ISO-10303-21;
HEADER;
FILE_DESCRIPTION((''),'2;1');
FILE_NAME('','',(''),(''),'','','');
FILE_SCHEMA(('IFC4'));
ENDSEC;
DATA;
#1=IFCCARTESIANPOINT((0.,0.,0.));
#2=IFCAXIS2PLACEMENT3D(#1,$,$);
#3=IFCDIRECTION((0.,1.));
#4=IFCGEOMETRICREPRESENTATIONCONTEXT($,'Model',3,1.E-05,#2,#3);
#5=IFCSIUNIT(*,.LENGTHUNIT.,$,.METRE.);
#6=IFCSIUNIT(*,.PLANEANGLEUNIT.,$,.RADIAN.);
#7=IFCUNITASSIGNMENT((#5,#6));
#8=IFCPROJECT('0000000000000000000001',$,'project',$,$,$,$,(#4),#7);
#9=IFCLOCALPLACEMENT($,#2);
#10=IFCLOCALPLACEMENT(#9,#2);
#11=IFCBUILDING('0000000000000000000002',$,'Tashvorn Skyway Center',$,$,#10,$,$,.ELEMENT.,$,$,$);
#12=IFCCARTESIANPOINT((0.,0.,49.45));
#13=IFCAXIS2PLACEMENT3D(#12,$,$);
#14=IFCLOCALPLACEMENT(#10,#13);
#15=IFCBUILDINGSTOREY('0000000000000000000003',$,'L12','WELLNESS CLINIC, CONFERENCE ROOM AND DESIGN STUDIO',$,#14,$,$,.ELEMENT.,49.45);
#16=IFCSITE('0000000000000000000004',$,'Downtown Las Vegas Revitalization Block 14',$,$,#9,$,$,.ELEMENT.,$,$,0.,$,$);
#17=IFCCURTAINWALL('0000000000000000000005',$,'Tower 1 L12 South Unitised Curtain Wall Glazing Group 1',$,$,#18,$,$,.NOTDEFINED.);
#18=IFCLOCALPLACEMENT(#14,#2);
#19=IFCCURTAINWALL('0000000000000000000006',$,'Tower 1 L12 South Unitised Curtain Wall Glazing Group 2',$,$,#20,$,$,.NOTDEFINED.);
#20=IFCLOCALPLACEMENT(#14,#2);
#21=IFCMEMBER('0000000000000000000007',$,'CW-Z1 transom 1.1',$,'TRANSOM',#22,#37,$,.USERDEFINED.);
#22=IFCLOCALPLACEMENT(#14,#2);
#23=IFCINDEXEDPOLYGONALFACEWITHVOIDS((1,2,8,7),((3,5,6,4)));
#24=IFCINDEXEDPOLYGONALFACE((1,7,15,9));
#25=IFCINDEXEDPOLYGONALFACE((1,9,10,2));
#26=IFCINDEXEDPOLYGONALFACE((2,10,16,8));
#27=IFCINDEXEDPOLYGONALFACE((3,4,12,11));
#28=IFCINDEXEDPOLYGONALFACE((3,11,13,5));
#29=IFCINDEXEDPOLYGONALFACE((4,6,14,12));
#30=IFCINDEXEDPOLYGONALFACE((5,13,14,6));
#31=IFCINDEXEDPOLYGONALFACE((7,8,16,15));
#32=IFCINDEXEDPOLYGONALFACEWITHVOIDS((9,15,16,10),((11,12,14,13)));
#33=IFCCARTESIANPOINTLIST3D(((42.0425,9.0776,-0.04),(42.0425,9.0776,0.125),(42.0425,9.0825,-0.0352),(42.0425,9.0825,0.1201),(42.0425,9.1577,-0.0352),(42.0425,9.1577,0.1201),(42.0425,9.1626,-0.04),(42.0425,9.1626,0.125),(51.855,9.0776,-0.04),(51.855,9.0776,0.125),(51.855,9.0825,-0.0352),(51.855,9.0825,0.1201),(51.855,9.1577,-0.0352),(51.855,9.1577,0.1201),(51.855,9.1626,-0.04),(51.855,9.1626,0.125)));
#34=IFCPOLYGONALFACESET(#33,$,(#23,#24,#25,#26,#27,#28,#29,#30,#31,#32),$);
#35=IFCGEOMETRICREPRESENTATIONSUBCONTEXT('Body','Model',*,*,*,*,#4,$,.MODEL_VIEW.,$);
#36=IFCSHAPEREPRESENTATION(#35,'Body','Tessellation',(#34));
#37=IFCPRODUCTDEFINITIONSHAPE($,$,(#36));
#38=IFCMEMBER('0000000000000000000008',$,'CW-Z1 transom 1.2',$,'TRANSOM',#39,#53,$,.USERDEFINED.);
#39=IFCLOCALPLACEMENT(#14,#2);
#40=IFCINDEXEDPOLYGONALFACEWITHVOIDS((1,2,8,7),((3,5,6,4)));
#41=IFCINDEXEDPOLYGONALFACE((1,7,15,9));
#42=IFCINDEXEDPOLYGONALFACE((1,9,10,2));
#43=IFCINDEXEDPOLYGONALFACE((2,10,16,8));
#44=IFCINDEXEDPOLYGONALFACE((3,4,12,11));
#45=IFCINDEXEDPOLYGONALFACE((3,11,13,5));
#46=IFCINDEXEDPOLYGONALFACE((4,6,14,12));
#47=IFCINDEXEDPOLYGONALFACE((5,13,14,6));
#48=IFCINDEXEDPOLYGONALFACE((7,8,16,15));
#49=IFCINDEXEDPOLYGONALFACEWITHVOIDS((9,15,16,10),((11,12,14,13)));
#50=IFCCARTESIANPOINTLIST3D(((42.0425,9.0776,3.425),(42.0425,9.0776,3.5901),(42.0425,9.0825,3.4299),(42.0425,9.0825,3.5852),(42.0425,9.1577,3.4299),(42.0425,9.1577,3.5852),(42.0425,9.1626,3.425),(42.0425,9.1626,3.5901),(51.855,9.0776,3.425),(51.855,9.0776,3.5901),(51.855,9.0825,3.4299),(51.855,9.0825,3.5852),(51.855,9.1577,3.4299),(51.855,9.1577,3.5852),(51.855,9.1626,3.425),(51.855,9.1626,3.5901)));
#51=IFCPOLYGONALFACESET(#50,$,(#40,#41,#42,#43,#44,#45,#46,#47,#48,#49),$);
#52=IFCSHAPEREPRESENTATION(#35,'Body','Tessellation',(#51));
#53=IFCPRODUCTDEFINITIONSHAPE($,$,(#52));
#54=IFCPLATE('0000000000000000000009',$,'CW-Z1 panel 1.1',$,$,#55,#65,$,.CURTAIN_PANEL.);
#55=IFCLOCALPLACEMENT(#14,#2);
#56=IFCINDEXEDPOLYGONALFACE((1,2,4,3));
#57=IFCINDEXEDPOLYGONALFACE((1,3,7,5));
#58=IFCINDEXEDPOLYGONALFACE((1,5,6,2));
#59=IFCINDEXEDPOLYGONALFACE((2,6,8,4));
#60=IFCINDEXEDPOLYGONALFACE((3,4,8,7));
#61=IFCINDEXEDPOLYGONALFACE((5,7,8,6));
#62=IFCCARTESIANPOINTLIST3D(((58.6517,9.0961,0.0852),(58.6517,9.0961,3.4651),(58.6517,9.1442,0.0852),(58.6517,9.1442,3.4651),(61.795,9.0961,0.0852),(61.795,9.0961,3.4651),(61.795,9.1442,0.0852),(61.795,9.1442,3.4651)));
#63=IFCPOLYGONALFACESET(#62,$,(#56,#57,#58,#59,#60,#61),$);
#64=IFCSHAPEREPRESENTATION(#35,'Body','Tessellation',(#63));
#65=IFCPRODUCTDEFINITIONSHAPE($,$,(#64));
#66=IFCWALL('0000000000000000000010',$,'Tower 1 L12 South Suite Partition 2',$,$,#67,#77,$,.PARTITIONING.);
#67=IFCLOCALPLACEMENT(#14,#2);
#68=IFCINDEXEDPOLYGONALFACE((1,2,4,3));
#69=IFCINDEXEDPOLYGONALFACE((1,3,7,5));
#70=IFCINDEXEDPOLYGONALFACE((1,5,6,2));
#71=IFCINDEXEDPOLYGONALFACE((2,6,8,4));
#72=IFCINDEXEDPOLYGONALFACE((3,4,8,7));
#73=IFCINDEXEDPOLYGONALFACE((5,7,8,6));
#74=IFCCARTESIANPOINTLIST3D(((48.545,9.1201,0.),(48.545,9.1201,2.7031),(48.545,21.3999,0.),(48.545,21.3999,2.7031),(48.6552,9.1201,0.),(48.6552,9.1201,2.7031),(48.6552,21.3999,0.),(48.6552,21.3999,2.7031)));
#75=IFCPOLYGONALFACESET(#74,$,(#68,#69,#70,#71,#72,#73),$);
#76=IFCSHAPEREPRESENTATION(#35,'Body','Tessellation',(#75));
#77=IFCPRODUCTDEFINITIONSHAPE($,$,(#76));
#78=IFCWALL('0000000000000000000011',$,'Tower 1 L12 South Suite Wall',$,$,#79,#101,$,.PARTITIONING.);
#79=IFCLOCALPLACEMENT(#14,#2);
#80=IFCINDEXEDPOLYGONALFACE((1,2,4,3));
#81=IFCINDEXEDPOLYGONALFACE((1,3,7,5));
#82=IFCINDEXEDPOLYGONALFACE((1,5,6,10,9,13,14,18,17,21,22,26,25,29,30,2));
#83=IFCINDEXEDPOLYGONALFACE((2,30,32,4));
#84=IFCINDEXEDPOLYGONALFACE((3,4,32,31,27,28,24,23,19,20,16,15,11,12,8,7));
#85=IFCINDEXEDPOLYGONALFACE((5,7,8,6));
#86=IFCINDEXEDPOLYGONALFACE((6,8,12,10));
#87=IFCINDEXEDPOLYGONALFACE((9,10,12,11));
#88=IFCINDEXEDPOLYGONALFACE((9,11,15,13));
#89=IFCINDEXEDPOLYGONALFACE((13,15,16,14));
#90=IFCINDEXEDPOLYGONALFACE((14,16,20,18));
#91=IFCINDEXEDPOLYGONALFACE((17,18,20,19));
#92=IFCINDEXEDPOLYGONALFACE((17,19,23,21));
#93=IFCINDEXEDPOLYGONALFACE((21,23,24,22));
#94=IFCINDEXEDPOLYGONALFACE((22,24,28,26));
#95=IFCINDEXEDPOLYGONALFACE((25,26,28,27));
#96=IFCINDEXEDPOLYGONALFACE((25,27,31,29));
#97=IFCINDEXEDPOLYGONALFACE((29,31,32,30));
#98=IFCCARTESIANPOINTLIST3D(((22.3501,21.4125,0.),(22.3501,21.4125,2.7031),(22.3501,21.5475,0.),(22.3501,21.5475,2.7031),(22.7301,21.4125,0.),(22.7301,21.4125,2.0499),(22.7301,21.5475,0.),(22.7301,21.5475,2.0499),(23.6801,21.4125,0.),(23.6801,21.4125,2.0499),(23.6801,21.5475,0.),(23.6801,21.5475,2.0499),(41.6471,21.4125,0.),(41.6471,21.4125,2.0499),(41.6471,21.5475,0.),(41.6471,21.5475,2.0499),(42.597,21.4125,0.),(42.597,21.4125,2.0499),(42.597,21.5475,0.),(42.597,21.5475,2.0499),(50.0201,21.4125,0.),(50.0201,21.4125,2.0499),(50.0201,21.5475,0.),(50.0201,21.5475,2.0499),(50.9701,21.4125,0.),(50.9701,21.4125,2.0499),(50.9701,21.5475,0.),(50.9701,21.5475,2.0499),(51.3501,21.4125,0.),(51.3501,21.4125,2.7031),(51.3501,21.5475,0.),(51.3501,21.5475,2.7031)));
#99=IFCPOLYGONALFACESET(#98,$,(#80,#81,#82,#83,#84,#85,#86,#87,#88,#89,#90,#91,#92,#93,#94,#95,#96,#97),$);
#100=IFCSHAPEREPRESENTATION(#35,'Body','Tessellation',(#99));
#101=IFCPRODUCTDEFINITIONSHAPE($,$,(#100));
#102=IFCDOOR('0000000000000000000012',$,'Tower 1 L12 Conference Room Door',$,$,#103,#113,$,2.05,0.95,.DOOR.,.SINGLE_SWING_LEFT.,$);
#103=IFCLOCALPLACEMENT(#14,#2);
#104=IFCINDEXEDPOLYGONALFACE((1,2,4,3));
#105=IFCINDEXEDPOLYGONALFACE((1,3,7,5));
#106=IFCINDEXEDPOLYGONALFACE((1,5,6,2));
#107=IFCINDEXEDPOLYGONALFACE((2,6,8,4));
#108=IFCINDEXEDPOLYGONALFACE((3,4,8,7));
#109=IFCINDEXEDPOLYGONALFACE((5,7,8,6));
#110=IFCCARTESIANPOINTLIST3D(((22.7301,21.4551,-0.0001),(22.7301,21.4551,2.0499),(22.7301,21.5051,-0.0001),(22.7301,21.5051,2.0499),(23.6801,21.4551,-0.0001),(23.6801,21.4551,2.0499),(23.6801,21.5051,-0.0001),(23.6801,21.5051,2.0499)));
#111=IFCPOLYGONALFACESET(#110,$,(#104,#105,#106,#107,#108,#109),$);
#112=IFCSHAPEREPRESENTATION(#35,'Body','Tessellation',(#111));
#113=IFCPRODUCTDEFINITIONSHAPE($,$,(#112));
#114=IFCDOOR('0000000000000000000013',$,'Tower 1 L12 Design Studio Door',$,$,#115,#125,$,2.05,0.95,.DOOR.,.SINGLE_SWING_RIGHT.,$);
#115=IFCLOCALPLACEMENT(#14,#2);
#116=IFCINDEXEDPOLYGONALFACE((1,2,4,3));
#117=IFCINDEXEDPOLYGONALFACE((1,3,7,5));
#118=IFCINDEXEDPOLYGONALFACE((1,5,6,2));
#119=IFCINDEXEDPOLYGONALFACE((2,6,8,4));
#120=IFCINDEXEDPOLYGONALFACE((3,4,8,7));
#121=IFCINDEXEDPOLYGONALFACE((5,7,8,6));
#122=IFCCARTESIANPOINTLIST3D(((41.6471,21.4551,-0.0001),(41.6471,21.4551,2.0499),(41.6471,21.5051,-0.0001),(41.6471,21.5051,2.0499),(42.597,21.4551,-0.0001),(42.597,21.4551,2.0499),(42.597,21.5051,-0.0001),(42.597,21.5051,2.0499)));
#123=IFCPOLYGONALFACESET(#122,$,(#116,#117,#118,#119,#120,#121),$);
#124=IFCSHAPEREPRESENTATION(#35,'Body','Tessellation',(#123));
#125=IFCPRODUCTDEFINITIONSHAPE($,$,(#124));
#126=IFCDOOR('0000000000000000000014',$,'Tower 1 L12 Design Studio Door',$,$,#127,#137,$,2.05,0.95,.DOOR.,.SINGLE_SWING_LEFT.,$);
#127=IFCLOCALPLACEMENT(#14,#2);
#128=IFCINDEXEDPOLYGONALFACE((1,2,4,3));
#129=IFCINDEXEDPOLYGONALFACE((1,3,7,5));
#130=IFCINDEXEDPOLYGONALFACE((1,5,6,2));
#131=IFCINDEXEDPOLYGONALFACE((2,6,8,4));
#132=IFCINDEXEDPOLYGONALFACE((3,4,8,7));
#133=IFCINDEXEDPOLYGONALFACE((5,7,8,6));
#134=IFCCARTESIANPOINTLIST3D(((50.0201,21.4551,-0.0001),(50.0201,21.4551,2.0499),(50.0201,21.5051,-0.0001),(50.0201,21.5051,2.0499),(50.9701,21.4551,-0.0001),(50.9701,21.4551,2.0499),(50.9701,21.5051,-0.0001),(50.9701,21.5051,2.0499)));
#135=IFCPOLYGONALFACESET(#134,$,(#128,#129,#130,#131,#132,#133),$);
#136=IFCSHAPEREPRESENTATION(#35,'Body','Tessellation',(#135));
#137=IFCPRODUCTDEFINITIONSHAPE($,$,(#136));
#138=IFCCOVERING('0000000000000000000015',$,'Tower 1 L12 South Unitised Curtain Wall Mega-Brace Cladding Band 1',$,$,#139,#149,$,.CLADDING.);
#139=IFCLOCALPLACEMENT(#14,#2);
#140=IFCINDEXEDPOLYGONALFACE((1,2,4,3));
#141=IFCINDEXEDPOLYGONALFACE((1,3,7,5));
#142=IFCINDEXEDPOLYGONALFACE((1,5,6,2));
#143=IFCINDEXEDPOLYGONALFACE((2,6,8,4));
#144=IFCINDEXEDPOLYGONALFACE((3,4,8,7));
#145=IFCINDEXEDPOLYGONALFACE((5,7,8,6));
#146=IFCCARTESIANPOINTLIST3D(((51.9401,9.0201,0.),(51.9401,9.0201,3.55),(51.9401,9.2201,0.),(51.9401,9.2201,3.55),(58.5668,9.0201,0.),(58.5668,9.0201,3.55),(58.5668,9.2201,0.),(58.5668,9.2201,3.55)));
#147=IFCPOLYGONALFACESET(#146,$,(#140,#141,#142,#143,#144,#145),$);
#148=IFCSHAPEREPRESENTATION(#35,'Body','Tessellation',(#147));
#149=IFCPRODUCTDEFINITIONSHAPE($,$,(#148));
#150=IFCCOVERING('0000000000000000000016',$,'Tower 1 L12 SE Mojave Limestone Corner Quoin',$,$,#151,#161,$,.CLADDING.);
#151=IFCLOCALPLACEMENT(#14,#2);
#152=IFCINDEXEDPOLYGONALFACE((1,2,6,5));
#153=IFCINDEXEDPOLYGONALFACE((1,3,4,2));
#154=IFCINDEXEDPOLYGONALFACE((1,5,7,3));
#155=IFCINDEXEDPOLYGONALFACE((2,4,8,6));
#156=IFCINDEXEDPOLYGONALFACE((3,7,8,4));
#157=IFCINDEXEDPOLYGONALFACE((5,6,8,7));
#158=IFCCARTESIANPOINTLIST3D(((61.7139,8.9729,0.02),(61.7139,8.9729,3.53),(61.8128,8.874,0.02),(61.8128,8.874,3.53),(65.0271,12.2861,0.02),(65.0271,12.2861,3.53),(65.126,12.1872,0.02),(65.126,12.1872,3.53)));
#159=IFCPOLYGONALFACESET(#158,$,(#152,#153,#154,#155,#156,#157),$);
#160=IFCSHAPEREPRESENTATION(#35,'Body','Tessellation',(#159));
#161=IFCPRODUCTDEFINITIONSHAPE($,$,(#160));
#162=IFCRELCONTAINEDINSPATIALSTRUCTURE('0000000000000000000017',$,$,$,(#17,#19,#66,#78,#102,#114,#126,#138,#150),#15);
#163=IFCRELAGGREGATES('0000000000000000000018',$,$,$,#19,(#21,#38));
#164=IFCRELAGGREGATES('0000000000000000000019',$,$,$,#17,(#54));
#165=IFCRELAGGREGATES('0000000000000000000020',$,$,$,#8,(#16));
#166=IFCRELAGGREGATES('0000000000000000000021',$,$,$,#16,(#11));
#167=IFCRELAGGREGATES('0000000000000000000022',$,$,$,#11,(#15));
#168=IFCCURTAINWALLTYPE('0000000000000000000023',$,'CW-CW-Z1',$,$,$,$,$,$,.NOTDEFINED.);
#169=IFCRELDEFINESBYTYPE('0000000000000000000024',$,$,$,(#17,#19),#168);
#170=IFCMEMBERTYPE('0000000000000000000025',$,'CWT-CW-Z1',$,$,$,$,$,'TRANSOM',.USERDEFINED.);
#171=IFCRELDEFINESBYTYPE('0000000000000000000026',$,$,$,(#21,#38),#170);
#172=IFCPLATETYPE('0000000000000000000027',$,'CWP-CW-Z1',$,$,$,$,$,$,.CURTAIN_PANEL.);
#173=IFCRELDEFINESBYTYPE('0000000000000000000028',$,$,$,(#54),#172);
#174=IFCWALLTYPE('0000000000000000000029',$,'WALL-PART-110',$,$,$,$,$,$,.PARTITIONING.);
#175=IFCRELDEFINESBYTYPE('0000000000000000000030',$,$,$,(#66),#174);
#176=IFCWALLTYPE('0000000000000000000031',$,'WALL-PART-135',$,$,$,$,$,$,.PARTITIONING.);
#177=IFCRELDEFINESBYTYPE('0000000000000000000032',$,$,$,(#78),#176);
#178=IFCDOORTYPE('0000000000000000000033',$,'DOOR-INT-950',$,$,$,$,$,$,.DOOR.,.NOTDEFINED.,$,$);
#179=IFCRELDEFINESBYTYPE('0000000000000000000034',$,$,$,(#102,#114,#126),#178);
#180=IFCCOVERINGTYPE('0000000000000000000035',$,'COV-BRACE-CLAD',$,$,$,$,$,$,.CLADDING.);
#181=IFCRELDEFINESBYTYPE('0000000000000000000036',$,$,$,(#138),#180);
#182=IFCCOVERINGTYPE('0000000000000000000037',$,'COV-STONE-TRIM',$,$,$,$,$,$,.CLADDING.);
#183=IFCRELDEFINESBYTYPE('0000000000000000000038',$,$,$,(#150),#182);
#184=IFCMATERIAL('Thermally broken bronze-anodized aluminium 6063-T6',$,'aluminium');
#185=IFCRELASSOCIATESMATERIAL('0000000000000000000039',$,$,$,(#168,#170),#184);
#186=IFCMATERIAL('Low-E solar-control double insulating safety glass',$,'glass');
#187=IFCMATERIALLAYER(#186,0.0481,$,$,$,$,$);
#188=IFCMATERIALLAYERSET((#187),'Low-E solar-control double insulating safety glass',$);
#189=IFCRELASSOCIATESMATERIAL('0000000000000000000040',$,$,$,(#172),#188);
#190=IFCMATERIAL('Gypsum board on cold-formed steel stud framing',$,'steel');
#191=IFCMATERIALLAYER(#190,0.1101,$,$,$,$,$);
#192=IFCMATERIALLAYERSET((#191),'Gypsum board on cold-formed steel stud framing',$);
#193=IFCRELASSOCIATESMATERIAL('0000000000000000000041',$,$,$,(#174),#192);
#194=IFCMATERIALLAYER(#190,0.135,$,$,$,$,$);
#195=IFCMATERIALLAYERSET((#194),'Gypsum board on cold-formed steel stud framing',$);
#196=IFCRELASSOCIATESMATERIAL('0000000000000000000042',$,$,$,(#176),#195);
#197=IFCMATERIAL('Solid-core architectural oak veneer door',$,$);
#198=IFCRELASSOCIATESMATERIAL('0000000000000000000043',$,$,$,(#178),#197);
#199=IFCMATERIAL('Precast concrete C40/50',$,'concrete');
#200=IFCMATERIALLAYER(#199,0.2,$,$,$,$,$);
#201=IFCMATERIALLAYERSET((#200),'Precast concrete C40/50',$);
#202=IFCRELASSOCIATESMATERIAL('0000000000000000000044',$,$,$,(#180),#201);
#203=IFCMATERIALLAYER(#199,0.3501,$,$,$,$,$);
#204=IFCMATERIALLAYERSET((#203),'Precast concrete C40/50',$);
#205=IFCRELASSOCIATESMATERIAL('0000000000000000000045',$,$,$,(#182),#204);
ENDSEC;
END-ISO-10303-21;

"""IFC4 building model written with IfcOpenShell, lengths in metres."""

from ifc_helpers import new_model, si_unit, direction, frame, frame_2d, origin, origin_2d, place, context, subcontext, project, spatial, rectangle, hollow_rectangle, extrude, material, layer, layer_set, material_profile, profile_set, type_object, element, fill, aggregate, save


model = new_model("IFC4")

# Units and contexts
model_context = context("Model", 3, precision=1e-05, world=origin(), true_north=direction((0.0, 1.0)))
body_context = subcontext(model_context, "Body", "Model", "MODEL_VIEW")
ifc_project = project(units=[si_unit("LENGTHUNIT", "METRE"), si_unit("PLANEANGLEUNIT", "RADIAN")], contexts=[model_context])

# Site, building, storey
site_placement = place(None, origin())
site = spatial("IfcSite", under=ifc_project, at=site_placement, Name="Downtown Las Vegas Revitalization Block 14", CompositionType="ELEMENT", RefElevation=0.0)
building_placement = place(site_placement, origin())
building = spatial("IfcBuilding", under=site, at=building_placement, Name="Tashvorn Skyway Center", CompositionType="ELEMENT")
storey_placement = place(building_placement, frame((0.0, 0.0, 49.45)))
storey = spatial("IfcBuildingStorey", under=building, at=storey_placement, Name="L12", Description="WELLNESS CLINIC, CONFERENCE ROOM AND DESIGN STUDIO", CompositionType="ELEMENT", Elevation=49.45)

# Curtain wall
ifc_material_1 = material(Name="Thermally broken bronze-anodized aluminium 6063-T6", Category="aluminium")
curtain_wall_type = type_object("IfcCurtainWallType", Name="CW-CW-Z1", PredefinedType="NOTDEFINED", material=ifc_material_1)
curtain_wall_1_placement = place(storey_placement, origin())
curtain_wall_1 = element("IfcCurtainWall", 1, at=curtain_wall_1_placement, inside=storey, type_object=curtain_wall_type, Name="Tower 1 L12 South Unitised Curtain Wall Glazing Group 1", PredefinedType="NOTDEFINED")

# Curtain wall
curtain_wall_2_placement = place(storey_placement, origin())
curtain_wall_2 = element("IfcCurtainWall", 2, at=curtain_wall_2_placement, inside=storey, type_object=curtain_wall_type, Name="Tower 1 L12 South Unitised Curtain Wall Glazing Group 2", PredefinedType="NOTDEFINED")

# Members
ifc_material_profile_1 = material_profile(ifc_material_1, hollow_rectangle(XDim=0.085, YDim=0.165, WallThickness=0.0049, at=origin_2d()), Name="ALU-TRAN-85x165")
ifc_profile_set_1 = profile_set([ifc_material_profile_1], Name="Thermally broken bronze-anodized aluminium 6063-T6")
member_type_1 = type_object("IfcMemberType", Name="CWT-CW-Z1", ElementType="TRANSOM", PredefinedType="USERDEFINED", material=ifc_profile_set_1)
member_1_placement = place(storey_placement, frame((51.855, 9.1201, 0.0425), z_axis=(-1.0, 0.0, 0.0), x_axis=(0.0, -1.0, 0.0)))
member_1 = element("IfcMember", 3, at=member_1_placement, type_object=member_type_1, Name="CW-Z1 transom 1.1", ObjectType="TRANSOM", PredefinedType="USERDEFINED", context=body_context, shape_type="SweptSolid", body=[
    extrude(hollow_rectangle(XDim=0.085, YDim=0.165, WallThickness=0.0049, at=origin_2d()), origin(), (0.0, 0.0, 1.0), 9.8125),
])
member_2_placement = place(storey_placement, frame((51.855, 9.1201, 3.5076), z_axis=(-1.0, 0.0, 0.0), x_axis=(0.0, -1.0, 0.0)))
member_2 = element("IfcMember", 4, at=member_2_placement, type_object=member_type_1, Name="CW-Z1 transom 1.2", ObjectType="TRANSOM", PredefinedType="USERDEFINED", context=body_context, shape_type="SweptSolid", body=[
    extrude(hollow_rectangle(XDim=0.085, YDim=0.165, WallThickness=0.0049, at=origin_2d()), origin(), (0.0, 0.0, 1.0), 9.8125),
])
aggregate(curtain_wall_2, [member_1, member_2])

# Plate
ifc_material_2 = material(Name="Low-E solar-control double insulating safety glass", Category="glass")
ifc_layer_1 = layer(ifc_material_2, 0.0481)
ifc_layer_set_1 = layer_set([ifc_layer_1], Name="Low-E solar-control double insulating safety glass")
plate_type = type_object("IfcPlateType", Name="CWP-CW-Z1", PredefinedType="CURTAIN_PANEL", material=ifc_layer_set_1)
plate_placement = place(storey_placement, frame((60.2234, 9.1201, 0.0852), z_axis=(0.0, 0.0, 1.0), x_axis=(-1.0, 0.0, 0.0)))
plate = element("IfcPlate", 5, at=plate_placement, type_object=plate_type, Name="CW-Z1 panel 1.1", PredefinedType="CURTAIN_PANEL", context=body_context, shape_type="SweptSolid", body=[
    extrude(rectangle(XDim=3.1433, YDim=0.0481, at=origin_2d()), origin(), (0.0, 0.0, 1.0), 3.3799),
])
aggregate(curtain_wall_1, [plate])

# Wall
ifc_material_3 = material(Name="Gypsum board on cold-formed steel stud framing", Category="steel")
ifc_layer_2 = layer(ifc_material_3, 0.1101)
ifc_layer_set_2 = layer_set([ifc_layer_2], Name="Gypsum board on cold-formed steel stud framing")
wall_type_1 = type_object("IfcWallType", Name="WALL-PART-110", PredefinedType="PARTITIONING", material=ifc_layer_set_2)
wall_1_placement = place(storey_placement, frame((48.6001, 9.1201, 0.0), z_axis=(0.0, 0.0, 1.0), x_axis=(0.0, 1.0, 0.0)))
element("IfcWall", 6, at=wall_1_placement, inside=storey, type_object=wall_type_1, Name="Tower 1 L12 South Suite Partition 2", PredefinedType="PARTITIONING", context=body_context, shape_type="SweptSolid", body=[
    extrude(rectangle(XDim=12.2798, YDim=0.1101, at=frame_2d((6.1399, 0.0))), origin(), (0.0, 0.0, 1.0), 2.7031),
])

# Wall, openings, doors
ifc_layer_3 = layer(ifc_material_3, 0.135)
ifc_layer_set_3 = layer_set([ifc_layer_3], Name="Gypsum board on cold-formed steel stud framing")
wall_type_2 = type_object("IfcWallType", Name="WALL-PART-135", PredefinedType="PARTITIONING", material=ifc_layer_set_3)
wall_2_placement = place(storey_placement, frame((51.3501, 21.48, 0.0), z_axis=(0.0, 0.0, 1.0), x_axis=(-1.0, 0.0, 0.0)))
wall_2 = element("IfcWall", 7, at=wall_2_placement, inside=storey, type_object=wall_type_2, Name="Tower 1 L12 South Suite Wall", PredefinedType="PARTITIONING", context=body_context, shape_type="SweptSolid", body=[
    extrude(rectangle(XDim=29.0, YDim=0.135, at=frame_2d((14.5, 0.0))), origin(), (0.0, 0.0, 1.0), 2.7031),
])
opening_1_placement = place(wall_2_placement, frame((27.6699, 0.0, 0.0)))
opening_1 = element("IfcOpeningElement", 8, at=opening_1_placement, cuts=wall_2, PredefinedType="OPENING", context=body_context, shape_type="SweptSolid", body=[
    extrude(rectangle(XDim=0.95, YDim=2.05, at=frame_2d((0.4751, 1.0249))), frame((0.0, 0.0774, 0.0), z_axis=(0.0, -1.0, 0.0), x_axis=(1.0, 0.0, 0.0)), (0.0, 0.0, 1.0), 0.155),
])
opening_2_placement = place(wall_2_placement, frame((8.7529, 0.0, 0.0)))
opening_2 = element("IfcOpeningElement", 9, at=opening_2_placement, cuts=wall_2, PredefinedType="OPENING", context=body_context, shape_type="SweptSolid", body=[
    extrude(rectangle(XDim=0.95, YDim=2.05, at=frame_2d((0.4751, 1.0249))), frame((0.0, 0.0774, 0.0), z_axis=(0.0, -1.0, 0.0), x_axis=(1.0, 0.0, 0.0)), (0.0, 0.0, 1.0), 0.155),
])
opening_3_placement = place(wall_2_placement, frame((0.3799, 0.0, 0.0)))
opening_3 = element("IfcOpeningElement", 10, at=opening_3_placement, cuts=wall_2, PredefinedType="OPENING", context=body_context, shape_type="SweptSolid", body=[
    extrude(rectangle(XDim=0.95, YDim=2.05, at=frame_2d((0.4751, 1.0249))), frame((0.0, 0.0774, 0.0), z_axis=(0.0, -1.0, 0.0), x_axis=(1.0, 0.0, 0.0)), (0.0, 0.0, 1.0), 0.155),
])
ifc_material_4 = material(Name="Solid-core architectural oak veneer door")
door_type = type_object("IfcDoorType", Name="DOOR-INT-950", OperationType="NOTDEFINED", PredefinedType="DOOR", material=ifc_material_4)
door_1_placement = place(opening_1_placement, origin())
door_1 = element("IfcDoor", 11, at=door_1_placement, inside=storey, type_object=door_type, Name="Tower 1 L12 Conference Room Door", OperationType="SINGLE_SWING_LEFT", OverallHeight=2.05, OverallWidth=0.95, PredefinedType="DOOR", context=body_context, shape_type="SweptSolid", body=[
    extrude(rectangle(XDim=0.95, YDim=2.05, at=frame_2d((0.4751, 1.0249))), frame((0.0, 0.0249, 0.0), z_axis=(0.0, -1.0, 0.0), x_axis=(1.0, 0.0, 0.0)), (0.0, 0.0, 1.0), 0.05),
])
fill(opening_1, door_1)
door_2_placement = place(opening_2_placement, origin())
door_2 = element("IfcDoor", 12, at=door_2_placement, inside=storey, type_object=door_type, Name="Tower 1 L12 Design Studio Door", OperationType="SINGLE_SWING_RIGHT", OverallHeight=2.05, OverallWidth=0.95, PredefinedType="DOOR", context=body_context, shape_type="SweptSolid", body=[
    extrude(rectangle(XDim=0.95, YDim=2.05, at=frame_2d((0.4751, 1.0249))), frame((0.0, 0.0249, 0.0), z_axis=(0.0, -1.0, 0.0), x_axis=(1.0, 0.0, 0.0)), (0.0, 0.0, 1.0), 0.05),
])
fill(opening_2, door_2)
door_3_placement = place(opening_3_placement, origin())
door_3 = element("IfcDoor", 13, at=door_3_placement, inside=storey, type_object=door_type, Name="Tower 1 L12 Design Studio Door", OperationType="SINGLE_SWING_LEFT", OverallHeight=2.05, OverallWidth=0.95, PredefinedType="DOOR", context=body_context, shape_type="SweptSolid", body=[
    extrude(rectangle(XDim=0.95, YDim=2.05, at=frame_2d((0.4751, 1.0249))), frame((0.0, 0.0249, 0.0), z_axis=(0.0, -1.0, 0.0), x_axis=(1.0, 0.0, 0.0)), (0.0, 0.0, 1.0), 0.05),
])
fill(opening_3, door_3)

# Coverings
ifc_material_5 = material(Name="Precast concrete C40/50", Category="concrete")
ifc_layer_4 = layer(ifc_material_5, 0.2)
ifc_layer_set_4 = layer_set([ifc_layer_4], Name="Precast concrete C40/50")
covering_type_1 = type_object("IfcCoveringType", Name="COV-BRACE-CLAD", PredefinedType="CLADDING", material=ifc_layer_set_4)
covering_1_placement = place(storey_placement, frame((55.2534, 9.1201, 0.0), z_axis=(0.0, 0.0, 1.0), x_axis=(-1.0, 0.0, 0.0)))
element("IfcCovering", 14, at=covering_1_placement, inside=storey, type_object=covering_type_1, Name="Tower 1 L12 South Unitised Curtain Wall Mega-Brace Cladding Band 1", PredefinedType="CLADDING", context=body_context, shape_type="SweptSolid", body=[
    extrude(rectangle(XDim=6.6267, YDim=0.2, at=origin_2d()), origin(), (0.0, 0.0, 1.0), 3.55),
])
ifc_layer_5 = layer(ifc_material_5, 0.3501)
ifc_layer_set_5 = layer_set([ifc_layer_5], Name="Precast concrete C40/50")
covering_type_2 = type_object("IfcCoveringType", Name="COV-STONE-TRIM", PredefinedType="CLADDING", material=ifc_layer_set_5)
covering_2_placement = place(storey_placement, frame((63.4199, 10.5801, 0.02), z_axis=(0.0, 0.0, 1.0), x_axis=(0.707107, 0.707107, 0.0)))
element("IfcCovering", 15, at=covering_2_placement, inside=storey, type_object=covering_type_2, Name="Tower 1 L12 SE Mojave Limestone Corner Quoin", PredefinedType="CLADDING", context=body_context, shape_type="SweptSolid", body=[
    extrude(rectangle(XDim=4.6855, YDim=0.1399, at=origin_2d()), origin(), (0.0, 0.0, 1.0), 3.51),
])

save(model, "model.ifc")
